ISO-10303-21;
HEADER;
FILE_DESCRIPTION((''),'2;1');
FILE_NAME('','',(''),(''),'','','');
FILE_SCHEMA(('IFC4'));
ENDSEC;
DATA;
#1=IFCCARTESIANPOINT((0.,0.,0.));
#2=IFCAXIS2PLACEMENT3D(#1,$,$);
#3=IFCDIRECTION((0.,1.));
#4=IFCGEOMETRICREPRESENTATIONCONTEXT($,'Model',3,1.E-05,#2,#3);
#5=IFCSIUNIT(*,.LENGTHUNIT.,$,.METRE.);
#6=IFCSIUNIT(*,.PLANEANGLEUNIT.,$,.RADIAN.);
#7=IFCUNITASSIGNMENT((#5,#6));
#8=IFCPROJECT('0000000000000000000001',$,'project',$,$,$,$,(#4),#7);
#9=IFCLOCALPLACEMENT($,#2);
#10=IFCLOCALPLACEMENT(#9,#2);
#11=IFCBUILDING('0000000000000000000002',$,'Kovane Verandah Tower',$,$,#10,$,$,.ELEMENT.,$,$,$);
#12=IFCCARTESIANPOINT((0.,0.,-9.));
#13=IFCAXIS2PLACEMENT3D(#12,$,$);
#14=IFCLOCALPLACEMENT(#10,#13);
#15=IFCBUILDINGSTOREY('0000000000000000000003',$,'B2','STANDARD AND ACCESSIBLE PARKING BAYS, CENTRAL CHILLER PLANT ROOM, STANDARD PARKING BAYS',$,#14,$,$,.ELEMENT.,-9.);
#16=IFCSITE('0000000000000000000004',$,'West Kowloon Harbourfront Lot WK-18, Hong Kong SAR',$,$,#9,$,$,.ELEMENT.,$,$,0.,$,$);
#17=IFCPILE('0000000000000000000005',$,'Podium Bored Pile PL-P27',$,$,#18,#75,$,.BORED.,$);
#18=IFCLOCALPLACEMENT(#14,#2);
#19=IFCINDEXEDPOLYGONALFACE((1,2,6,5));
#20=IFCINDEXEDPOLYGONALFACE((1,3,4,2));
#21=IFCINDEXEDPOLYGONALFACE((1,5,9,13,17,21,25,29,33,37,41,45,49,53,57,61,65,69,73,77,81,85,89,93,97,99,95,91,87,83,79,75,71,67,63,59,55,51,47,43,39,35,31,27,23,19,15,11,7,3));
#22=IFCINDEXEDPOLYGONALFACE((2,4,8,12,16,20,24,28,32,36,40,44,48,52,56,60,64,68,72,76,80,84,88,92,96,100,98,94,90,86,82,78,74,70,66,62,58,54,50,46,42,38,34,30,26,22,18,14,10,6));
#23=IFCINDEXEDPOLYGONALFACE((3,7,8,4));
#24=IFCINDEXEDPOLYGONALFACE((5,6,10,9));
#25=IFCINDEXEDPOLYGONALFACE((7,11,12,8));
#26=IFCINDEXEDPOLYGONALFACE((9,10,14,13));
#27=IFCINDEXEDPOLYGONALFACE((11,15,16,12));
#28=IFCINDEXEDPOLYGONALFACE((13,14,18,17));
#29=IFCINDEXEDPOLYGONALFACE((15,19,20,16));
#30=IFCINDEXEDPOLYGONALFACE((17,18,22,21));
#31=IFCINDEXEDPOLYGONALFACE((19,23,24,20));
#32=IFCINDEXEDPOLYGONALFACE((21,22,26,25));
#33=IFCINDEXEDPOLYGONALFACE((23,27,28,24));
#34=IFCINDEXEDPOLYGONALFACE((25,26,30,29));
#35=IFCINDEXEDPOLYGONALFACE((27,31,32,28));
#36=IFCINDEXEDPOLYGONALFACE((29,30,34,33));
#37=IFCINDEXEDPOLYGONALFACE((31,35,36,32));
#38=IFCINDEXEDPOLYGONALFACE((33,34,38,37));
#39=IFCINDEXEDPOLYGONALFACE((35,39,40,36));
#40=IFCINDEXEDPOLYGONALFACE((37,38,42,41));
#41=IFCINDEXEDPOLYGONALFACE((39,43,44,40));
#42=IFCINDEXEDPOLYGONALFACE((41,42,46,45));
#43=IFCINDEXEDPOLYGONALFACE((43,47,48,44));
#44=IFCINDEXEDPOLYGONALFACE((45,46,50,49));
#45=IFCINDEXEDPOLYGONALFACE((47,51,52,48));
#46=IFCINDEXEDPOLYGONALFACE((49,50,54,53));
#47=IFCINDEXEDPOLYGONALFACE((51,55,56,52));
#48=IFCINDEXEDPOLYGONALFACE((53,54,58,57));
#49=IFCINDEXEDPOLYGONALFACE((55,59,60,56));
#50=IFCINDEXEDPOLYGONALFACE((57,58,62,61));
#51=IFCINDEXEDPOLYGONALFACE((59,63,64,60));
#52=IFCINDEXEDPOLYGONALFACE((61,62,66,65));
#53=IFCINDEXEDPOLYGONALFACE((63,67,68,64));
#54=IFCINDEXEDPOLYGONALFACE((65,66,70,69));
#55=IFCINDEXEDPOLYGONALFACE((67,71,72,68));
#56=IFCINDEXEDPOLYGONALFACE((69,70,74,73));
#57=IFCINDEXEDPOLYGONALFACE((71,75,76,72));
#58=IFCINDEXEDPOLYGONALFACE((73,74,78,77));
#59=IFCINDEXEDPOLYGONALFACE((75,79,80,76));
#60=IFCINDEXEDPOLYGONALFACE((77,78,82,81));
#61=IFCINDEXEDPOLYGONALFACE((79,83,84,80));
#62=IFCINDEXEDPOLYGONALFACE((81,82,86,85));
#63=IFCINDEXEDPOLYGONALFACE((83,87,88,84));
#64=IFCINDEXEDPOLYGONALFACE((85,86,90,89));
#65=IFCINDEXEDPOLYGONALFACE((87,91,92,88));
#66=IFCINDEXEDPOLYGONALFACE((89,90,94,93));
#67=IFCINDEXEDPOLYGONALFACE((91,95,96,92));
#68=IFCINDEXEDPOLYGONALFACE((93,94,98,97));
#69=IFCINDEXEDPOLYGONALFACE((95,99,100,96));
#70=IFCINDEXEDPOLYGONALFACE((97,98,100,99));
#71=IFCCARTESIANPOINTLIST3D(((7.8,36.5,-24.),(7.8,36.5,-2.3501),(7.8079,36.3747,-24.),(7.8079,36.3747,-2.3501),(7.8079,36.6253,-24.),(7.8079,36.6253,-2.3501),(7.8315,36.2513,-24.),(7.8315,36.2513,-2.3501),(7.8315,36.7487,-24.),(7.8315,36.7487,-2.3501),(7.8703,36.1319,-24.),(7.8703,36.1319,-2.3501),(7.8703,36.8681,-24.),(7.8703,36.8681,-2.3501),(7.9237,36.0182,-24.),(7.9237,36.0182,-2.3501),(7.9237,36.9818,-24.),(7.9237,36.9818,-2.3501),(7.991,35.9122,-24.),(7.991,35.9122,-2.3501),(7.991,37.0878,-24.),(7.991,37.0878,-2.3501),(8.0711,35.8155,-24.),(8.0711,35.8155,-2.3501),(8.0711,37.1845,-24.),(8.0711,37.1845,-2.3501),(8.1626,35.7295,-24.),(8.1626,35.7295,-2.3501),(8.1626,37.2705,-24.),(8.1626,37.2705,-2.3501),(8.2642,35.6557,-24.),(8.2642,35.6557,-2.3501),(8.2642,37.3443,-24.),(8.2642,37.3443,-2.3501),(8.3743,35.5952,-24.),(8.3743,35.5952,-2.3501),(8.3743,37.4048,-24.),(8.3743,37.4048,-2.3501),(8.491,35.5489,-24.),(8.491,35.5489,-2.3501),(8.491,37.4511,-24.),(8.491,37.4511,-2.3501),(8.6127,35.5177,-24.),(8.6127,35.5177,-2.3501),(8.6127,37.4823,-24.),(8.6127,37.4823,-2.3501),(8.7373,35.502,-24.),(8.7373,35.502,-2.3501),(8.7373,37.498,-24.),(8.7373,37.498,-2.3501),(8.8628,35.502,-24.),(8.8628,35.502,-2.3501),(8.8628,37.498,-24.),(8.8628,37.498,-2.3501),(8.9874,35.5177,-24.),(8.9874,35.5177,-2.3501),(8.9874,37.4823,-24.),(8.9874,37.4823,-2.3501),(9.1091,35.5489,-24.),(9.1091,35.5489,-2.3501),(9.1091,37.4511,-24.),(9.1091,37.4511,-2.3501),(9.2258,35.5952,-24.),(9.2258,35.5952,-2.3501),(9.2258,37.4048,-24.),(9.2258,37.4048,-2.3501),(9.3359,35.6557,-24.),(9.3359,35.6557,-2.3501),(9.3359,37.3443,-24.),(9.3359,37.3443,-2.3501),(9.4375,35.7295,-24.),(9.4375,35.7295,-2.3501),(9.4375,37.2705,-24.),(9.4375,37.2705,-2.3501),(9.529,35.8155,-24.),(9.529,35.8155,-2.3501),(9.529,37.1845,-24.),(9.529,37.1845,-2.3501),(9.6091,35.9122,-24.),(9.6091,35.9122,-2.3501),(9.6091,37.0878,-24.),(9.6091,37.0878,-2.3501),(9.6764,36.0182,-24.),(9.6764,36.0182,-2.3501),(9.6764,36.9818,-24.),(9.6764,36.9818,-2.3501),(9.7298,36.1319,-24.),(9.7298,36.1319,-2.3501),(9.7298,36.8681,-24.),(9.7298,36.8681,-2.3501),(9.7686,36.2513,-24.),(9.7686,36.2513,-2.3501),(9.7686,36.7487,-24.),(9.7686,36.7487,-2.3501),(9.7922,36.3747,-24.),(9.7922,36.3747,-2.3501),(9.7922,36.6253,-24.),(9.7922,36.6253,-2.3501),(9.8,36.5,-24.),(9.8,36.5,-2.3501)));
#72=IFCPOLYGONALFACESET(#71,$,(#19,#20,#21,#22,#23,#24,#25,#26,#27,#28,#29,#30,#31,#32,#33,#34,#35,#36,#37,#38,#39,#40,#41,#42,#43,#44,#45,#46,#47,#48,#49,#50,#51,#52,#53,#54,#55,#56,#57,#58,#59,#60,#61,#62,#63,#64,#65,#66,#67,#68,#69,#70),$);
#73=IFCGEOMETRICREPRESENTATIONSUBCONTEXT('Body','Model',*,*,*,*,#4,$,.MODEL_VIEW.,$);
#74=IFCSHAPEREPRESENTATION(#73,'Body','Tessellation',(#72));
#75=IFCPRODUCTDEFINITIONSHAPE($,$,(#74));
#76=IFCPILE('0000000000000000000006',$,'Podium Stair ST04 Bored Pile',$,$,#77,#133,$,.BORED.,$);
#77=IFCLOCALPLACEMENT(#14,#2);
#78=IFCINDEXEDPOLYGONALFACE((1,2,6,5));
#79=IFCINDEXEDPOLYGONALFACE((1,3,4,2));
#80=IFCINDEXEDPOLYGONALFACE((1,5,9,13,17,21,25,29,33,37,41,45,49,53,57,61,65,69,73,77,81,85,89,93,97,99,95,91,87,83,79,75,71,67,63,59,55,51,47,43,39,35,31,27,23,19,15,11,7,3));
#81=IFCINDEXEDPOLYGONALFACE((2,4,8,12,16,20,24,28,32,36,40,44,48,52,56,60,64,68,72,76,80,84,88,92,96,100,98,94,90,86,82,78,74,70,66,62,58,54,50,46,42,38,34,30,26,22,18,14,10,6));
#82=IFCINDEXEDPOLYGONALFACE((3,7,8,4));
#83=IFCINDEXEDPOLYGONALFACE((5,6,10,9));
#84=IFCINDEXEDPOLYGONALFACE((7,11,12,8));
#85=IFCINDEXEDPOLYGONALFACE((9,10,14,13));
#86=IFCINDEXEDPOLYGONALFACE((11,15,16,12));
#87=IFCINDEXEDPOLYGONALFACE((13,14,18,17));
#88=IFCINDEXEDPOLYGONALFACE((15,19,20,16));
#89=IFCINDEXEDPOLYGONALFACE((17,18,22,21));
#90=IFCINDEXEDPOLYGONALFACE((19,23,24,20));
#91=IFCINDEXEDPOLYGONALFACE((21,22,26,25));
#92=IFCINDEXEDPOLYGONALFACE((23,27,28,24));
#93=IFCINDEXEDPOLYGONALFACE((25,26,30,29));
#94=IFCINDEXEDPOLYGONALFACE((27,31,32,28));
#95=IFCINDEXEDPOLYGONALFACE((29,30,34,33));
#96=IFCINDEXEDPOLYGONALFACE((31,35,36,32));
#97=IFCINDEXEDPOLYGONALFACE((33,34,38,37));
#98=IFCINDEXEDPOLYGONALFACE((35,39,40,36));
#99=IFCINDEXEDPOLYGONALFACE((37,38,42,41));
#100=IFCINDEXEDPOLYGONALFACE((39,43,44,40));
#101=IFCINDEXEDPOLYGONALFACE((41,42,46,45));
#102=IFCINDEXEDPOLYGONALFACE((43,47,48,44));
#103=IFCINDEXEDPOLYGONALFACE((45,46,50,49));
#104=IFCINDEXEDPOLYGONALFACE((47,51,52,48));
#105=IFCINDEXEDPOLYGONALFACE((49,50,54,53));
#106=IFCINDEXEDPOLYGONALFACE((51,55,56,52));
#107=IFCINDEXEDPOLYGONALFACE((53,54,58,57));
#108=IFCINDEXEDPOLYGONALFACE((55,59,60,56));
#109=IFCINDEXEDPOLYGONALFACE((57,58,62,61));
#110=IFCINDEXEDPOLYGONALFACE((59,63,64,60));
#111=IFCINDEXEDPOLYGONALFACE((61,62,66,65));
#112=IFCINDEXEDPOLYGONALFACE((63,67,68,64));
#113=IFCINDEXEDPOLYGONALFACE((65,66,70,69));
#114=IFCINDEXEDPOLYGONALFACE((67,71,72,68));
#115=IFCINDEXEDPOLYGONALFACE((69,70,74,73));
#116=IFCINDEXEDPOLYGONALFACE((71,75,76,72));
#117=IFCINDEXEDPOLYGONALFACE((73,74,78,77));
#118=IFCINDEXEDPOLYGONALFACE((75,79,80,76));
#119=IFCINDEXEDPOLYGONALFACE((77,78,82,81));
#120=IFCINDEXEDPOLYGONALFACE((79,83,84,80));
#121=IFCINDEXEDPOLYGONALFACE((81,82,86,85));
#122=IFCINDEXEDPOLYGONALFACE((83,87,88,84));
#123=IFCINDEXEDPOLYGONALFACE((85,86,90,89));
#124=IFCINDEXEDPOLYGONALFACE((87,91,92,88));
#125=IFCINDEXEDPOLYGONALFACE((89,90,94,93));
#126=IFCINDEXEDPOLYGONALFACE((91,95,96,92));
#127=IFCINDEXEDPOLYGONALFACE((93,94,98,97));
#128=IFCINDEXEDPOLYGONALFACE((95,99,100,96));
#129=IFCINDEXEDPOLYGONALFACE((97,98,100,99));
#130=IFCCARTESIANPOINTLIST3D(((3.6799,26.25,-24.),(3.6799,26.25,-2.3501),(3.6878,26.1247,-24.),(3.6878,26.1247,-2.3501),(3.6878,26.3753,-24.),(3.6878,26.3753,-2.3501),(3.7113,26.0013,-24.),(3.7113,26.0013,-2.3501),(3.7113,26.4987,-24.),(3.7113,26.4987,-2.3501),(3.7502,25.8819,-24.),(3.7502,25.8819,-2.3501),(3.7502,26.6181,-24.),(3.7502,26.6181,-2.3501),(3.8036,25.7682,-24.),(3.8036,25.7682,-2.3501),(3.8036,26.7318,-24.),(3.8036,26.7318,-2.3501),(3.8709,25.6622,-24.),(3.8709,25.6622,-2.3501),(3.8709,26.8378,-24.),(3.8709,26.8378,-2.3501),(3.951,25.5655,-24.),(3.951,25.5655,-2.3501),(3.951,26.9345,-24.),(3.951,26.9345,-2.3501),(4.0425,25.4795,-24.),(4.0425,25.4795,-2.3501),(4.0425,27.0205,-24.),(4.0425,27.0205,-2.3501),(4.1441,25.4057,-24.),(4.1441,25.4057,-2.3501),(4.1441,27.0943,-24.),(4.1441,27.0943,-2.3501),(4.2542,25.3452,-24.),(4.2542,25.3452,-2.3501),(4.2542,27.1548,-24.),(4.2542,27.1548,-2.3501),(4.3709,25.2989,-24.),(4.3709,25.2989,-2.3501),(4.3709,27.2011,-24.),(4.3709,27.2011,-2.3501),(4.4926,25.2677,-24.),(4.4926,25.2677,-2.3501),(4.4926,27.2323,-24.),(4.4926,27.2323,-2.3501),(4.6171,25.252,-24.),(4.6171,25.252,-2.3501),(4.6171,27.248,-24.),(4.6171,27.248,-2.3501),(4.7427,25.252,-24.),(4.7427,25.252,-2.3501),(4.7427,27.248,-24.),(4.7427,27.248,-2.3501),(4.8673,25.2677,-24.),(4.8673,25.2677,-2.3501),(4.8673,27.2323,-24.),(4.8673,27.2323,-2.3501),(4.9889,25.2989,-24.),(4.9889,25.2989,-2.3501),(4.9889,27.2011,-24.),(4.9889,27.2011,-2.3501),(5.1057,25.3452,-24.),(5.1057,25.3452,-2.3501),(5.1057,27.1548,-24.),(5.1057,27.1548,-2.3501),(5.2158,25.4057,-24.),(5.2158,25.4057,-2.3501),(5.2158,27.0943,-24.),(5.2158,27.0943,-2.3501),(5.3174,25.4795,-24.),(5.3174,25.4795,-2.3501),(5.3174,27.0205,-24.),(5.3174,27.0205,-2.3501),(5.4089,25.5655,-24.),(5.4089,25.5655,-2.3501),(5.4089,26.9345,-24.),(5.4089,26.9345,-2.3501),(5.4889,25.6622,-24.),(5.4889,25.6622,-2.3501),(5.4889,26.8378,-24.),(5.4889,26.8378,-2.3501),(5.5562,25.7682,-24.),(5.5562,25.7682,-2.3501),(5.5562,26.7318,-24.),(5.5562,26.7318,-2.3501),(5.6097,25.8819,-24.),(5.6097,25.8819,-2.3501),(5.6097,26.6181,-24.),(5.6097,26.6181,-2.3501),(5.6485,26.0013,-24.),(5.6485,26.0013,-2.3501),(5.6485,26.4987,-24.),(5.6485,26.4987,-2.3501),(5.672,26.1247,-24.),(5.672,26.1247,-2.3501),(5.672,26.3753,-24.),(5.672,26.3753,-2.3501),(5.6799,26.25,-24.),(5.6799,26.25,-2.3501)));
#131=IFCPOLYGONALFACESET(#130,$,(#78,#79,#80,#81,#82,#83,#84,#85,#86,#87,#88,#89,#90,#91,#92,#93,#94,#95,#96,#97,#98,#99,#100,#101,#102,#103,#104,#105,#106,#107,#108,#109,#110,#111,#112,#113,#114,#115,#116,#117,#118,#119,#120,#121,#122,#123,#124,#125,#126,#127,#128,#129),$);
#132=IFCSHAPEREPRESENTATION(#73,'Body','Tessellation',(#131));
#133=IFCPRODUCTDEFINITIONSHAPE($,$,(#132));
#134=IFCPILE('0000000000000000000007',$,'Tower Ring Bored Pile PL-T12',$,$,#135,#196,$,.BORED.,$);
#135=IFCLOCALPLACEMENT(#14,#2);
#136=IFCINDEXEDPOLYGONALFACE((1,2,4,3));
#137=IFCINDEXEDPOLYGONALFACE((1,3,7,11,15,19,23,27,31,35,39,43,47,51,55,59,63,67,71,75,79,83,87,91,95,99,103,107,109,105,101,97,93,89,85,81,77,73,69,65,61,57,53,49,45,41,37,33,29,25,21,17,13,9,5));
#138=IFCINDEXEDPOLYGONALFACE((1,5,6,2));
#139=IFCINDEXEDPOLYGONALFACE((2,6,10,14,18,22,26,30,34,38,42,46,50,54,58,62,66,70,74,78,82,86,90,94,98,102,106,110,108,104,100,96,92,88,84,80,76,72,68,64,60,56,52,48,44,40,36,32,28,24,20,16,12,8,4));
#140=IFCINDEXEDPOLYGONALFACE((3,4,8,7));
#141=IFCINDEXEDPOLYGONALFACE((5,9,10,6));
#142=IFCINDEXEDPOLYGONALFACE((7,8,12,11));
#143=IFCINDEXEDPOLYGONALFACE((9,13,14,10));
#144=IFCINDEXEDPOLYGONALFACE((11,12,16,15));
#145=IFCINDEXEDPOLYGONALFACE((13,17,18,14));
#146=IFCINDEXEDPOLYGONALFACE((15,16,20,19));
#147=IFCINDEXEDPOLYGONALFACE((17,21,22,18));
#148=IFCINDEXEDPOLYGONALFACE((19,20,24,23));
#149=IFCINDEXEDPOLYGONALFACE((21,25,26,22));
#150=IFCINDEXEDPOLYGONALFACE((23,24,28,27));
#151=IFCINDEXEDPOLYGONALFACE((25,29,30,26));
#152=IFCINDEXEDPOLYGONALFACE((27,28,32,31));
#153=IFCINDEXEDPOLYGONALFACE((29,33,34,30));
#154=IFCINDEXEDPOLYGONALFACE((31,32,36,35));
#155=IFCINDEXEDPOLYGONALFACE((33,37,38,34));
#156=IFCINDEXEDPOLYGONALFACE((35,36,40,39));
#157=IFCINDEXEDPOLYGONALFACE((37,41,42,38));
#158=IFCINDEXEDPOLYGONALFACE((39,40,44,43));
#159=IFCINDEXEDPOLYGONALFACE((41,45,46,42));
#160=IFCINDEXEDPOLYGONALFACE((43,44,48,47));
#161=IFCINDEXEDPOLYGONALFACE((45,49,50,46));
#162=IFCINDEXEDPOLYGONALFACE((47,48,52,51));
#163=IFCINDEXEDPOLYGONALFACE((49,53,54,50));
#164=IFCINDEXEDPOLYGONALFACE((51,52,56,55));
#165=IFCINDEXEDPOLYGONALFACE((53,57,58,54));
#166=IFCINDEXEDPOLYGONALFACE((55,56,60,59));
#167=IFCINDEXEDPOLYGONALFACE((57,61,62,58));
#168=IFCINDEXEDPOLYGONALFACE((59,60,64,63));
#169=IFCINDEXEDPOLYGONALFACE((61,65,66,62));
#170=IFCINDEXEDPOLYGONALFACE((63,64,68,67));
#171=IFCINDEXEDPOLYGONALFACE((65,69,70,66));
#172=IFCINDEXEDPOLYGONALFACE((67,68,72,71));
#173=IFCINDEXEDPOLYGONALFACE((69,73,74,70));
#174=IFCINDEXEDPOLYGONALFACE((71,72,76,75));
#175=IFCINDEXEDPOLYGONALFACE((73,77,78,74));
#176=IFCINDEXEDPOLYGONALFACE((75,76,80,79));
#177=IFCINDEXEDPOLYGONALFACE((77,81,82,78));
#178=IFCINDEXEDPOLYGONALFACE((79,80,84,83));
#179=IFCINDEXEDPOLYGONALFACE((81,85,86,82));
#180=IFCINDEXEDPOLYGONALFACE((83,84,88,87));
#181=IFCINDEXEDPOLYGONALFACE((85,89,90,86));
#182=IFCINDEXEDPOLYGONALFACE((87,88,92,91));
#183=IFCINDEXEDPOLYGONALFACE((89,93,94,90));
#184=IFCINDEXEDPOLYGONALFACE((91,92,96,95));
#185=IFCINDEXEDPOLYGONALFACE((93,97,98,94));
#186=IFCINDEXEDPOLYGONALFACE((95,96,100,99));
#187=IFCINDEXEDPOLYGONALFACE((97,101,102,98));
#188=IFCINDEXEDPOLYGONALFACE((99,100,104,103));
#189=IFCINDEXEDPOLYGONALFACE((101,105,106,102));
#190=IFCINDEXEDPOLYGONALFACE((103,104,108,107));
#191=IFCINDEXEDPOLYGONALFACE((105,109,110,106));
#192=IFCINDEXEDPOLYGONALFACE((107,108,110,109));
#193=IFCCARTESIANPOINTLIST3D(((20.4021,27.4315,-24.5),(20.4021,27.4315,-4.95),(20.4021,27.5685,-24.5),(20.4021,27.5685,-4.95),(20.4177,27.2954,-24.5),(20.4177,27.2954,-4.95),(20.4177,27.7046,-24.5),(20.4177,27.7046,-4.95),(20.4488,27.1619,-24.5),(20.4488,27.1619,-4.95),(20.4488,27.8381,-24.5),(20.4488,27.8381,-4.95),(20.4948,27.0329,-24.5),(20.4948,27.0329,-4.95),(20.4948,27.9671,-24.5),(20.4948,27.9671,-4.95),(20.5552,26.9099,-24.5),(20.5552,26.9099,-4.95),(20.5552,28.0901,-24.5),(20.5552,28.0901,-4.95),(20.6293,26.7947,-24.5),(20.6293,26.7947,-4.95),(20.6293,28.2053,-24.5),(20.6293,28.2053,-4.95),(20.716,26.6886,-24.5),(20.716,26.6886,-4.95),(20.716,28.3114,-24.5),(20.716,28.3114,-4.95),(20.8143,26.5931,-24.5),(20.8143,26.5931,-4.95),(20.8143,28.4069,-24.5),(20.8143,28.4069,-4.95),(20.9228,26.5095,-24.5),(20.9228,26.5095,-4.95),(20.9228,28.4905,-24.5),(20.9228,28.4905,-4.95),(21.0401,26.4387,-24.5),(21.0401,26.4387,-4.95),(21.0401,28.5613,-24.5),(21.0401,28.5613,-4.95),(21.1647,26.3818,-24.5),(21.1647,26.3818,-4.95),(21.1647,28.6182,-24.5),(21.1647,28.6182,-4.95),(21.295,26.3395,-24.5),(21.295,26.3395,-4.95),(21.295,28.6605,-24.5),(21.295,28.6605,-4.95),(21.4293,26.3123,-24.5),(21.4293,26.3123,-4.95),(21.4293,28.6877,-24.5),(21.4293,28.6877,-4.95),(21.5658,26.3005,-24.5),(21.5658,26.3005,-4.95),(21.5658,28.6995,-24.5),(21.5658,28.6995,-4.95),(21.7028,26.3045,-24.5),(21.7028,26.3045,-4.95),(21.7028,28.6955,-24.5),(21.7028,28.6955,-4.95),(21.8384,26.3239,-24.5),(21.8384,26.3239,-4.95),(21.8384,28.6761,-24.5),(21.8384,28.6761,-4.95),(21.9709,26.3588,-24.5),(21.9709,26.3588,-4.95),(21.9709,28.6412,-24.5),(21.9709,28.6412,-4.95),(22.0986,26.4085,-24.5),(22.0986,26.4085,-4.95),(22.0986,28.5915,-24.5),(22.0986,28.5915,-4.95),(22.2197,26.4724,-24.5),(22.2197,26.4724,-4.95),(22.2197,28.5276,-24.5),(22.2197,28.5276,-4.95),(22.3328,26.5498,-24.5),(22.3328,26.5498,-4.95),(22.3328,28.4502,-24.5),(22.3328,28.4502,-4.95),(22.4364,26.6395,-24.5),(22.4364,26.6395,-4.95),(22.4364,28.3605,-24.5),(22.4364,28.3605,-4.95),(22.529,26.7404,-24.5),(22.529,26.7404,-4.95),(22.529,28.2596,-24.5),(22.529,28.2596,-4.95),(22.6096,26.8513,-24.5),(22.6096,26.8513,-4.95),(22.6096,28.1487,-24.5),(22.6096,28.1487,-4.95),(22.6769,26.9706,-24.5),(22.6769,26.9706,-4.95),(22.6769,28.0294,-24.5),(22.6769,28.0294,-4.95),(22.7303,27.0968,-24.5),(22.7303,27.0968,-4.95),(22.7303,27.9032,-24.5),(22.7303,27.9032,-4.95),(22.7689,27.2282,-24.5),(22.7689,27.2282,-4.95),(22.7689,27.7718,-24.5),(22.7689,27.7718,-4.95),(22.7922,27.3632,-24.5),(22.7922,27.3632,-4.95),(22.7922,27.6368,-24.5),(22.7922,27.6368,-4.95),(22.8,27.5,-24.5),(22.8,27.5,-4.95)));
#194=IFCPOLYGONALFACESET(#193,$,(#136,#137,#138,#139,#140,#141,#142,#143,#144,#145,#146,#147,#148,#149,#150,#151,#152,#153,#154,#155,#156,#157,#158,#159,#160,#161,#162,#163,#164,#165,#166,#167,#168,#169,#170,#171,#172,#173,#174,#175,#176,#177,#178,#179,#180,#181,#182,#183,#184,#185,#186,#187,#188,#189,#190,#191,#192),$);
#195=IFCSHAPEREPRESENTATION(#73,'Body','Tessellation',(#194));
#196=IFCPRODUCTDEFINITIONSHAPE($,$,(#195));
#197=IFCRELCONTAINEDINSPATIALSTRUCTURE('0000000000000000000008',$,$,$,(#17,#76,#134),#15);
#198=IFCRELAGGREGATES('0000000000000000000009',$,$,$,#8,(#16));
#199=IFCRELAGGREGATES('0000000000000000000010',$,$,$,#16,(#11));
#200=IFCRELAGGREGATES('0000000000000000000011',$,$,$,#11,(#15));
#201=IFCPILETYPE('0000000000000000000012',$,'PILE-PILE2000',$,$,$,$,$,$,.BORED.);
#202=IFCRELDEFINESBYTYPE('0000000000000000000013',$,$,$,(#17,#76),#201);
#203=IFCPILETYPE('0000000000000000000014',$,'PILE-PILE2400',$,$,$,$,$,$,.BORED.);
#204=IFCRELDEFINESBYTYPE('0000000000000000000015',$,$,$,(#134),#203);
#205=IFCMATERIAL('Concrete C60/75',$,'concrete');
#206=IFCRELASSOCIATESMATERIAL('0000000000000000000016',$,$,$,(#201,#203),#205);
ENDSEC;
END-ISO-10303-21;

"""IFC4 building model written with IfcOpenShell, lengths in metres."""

from ifc_helpers import new_model, si_unit, direction, frame, origin, origin_2d, place, context, subcontext, project, spatial, circle, extrude, material, material_profile, profile_set, type_object, element, save


model = new_model("IFC4")

# Units and contexts
model_context = context("Model", 3, precision=1e-05, world=origin(), true_north=direction((0.0, 1.0)))
body_context = subcontext(model_context, "Body", "Model", "MODEL_VIEW")
ifc_project = project(units=[si_unit("LENGTHUNIT", "METRE"), si_unit("PLANEANGLEUNIT", "RADIAN")], contexts=[model_context])

# Site, building, storey
site_placement = place(None, origin())
site = spatial("IfcSite", under=ifc_project, at=site_placement, Name="West Kowloon Harbourfront Lot WK-18, Hong Kong SAR", CompositionType="ELEMENT", RefElevation=0.0)
building_placement = place(site_placement, origin())
building = spatial("IfcBuilding", under=site, at=building_placement, Name="Kovane Verandah Tower", CompositionType="ELEMENT")
storey_placement = place(building_placement, frame((0.0, 0.0, -9.0)))
storey = spatial("IfcBuildingStorey", under=building, at=storey_placement, Name="B2", Description="STANDARD AND ACCESSIBLE PARKING BAYS, CENTRAL CHILLER PLANT ROOM, STANDARD PARKING BAYS", CompositionType="ELEMENT", Elevation=-9.0)

# Shared definitions
ifc_material_1 = material(Name="Concrete C60/75", Category="concrete")

# Piles
ifc_material_profile_1 = material_profile(ifc_material_1, circle(Radius=1.0, at=origin_2d()), Name="PILE2000")
ifc_profile_set_1 = profile_set([ifc_material_profile_1], Name="Concrete C60/75")
pile_type_1 = type_object("IfcPileType", Name="PILE-PILE2000", PredefinedType="BORED", material=ifc_profile_set_1)
for number, where, z_axis, x_axis, name in (
    (1, (8.8, 36.5, -2.3501), (0.0, 0.0, -1.0), (1.0, 0.0, 0.0), "Podium Bored Pile PL-P27"),
    (2, (4.6799, 26.25, -2.3501), (0.0, 0.0, -1.0), (1.0, 0.0, 0.0), "Podium Stair ST04 Bored Pile"),
):
    element("IfcPile", number, at=place(storey_placement, frame(where, z_axis=z_axis, x_axis=x_axis)), inside=storey, type_object=pile_type_1, Name=name, PredefinedType="BORED", context=body_context, shape_type="SweptSolid", body=[
        extrude(circle(Radius=1.0, at=origin_2d()), origin(), (0.0, 0.0, 1.0), 21.6499),
    ])
ifc_material_profile_2 = material_profile(ifc_material_1, circle(Radius=1.2, at=origin_2d()), Name="PILE2400")
ifc_profile_set_2 = profile_set([ifc_material_profile_2], Name="Concrete C60/75")
pile_type_2 = type_object("IfcPileType", Name="PILE-PILE2400", PredefinedType="BORED", material=ifc_profile_set_2)
for number, where, z_axis, x_axis, name in (
    (3, (21.6001, 27.5, -4.95), (0.0, 0.0, -1.0), (1.0, 0.0, 0.0), "Tower Ring Bored Pile PL-T12"),
):
    element("IfcPile", number, at=place(storey_placement, frame(where, z_axis=z_axis, x_axis=x_axis)), inside=storey, type_object=pile_type_2, Name=name, PredefinedType="BORED", context=body_context, shape_type="SweptSolid", body=[
        extrude(circle(Radius=1.2, at=origin_2d()), origin(), (0.0, 0.0, 1.0), 19.55),
    ])

save(model, "model.ifc")
